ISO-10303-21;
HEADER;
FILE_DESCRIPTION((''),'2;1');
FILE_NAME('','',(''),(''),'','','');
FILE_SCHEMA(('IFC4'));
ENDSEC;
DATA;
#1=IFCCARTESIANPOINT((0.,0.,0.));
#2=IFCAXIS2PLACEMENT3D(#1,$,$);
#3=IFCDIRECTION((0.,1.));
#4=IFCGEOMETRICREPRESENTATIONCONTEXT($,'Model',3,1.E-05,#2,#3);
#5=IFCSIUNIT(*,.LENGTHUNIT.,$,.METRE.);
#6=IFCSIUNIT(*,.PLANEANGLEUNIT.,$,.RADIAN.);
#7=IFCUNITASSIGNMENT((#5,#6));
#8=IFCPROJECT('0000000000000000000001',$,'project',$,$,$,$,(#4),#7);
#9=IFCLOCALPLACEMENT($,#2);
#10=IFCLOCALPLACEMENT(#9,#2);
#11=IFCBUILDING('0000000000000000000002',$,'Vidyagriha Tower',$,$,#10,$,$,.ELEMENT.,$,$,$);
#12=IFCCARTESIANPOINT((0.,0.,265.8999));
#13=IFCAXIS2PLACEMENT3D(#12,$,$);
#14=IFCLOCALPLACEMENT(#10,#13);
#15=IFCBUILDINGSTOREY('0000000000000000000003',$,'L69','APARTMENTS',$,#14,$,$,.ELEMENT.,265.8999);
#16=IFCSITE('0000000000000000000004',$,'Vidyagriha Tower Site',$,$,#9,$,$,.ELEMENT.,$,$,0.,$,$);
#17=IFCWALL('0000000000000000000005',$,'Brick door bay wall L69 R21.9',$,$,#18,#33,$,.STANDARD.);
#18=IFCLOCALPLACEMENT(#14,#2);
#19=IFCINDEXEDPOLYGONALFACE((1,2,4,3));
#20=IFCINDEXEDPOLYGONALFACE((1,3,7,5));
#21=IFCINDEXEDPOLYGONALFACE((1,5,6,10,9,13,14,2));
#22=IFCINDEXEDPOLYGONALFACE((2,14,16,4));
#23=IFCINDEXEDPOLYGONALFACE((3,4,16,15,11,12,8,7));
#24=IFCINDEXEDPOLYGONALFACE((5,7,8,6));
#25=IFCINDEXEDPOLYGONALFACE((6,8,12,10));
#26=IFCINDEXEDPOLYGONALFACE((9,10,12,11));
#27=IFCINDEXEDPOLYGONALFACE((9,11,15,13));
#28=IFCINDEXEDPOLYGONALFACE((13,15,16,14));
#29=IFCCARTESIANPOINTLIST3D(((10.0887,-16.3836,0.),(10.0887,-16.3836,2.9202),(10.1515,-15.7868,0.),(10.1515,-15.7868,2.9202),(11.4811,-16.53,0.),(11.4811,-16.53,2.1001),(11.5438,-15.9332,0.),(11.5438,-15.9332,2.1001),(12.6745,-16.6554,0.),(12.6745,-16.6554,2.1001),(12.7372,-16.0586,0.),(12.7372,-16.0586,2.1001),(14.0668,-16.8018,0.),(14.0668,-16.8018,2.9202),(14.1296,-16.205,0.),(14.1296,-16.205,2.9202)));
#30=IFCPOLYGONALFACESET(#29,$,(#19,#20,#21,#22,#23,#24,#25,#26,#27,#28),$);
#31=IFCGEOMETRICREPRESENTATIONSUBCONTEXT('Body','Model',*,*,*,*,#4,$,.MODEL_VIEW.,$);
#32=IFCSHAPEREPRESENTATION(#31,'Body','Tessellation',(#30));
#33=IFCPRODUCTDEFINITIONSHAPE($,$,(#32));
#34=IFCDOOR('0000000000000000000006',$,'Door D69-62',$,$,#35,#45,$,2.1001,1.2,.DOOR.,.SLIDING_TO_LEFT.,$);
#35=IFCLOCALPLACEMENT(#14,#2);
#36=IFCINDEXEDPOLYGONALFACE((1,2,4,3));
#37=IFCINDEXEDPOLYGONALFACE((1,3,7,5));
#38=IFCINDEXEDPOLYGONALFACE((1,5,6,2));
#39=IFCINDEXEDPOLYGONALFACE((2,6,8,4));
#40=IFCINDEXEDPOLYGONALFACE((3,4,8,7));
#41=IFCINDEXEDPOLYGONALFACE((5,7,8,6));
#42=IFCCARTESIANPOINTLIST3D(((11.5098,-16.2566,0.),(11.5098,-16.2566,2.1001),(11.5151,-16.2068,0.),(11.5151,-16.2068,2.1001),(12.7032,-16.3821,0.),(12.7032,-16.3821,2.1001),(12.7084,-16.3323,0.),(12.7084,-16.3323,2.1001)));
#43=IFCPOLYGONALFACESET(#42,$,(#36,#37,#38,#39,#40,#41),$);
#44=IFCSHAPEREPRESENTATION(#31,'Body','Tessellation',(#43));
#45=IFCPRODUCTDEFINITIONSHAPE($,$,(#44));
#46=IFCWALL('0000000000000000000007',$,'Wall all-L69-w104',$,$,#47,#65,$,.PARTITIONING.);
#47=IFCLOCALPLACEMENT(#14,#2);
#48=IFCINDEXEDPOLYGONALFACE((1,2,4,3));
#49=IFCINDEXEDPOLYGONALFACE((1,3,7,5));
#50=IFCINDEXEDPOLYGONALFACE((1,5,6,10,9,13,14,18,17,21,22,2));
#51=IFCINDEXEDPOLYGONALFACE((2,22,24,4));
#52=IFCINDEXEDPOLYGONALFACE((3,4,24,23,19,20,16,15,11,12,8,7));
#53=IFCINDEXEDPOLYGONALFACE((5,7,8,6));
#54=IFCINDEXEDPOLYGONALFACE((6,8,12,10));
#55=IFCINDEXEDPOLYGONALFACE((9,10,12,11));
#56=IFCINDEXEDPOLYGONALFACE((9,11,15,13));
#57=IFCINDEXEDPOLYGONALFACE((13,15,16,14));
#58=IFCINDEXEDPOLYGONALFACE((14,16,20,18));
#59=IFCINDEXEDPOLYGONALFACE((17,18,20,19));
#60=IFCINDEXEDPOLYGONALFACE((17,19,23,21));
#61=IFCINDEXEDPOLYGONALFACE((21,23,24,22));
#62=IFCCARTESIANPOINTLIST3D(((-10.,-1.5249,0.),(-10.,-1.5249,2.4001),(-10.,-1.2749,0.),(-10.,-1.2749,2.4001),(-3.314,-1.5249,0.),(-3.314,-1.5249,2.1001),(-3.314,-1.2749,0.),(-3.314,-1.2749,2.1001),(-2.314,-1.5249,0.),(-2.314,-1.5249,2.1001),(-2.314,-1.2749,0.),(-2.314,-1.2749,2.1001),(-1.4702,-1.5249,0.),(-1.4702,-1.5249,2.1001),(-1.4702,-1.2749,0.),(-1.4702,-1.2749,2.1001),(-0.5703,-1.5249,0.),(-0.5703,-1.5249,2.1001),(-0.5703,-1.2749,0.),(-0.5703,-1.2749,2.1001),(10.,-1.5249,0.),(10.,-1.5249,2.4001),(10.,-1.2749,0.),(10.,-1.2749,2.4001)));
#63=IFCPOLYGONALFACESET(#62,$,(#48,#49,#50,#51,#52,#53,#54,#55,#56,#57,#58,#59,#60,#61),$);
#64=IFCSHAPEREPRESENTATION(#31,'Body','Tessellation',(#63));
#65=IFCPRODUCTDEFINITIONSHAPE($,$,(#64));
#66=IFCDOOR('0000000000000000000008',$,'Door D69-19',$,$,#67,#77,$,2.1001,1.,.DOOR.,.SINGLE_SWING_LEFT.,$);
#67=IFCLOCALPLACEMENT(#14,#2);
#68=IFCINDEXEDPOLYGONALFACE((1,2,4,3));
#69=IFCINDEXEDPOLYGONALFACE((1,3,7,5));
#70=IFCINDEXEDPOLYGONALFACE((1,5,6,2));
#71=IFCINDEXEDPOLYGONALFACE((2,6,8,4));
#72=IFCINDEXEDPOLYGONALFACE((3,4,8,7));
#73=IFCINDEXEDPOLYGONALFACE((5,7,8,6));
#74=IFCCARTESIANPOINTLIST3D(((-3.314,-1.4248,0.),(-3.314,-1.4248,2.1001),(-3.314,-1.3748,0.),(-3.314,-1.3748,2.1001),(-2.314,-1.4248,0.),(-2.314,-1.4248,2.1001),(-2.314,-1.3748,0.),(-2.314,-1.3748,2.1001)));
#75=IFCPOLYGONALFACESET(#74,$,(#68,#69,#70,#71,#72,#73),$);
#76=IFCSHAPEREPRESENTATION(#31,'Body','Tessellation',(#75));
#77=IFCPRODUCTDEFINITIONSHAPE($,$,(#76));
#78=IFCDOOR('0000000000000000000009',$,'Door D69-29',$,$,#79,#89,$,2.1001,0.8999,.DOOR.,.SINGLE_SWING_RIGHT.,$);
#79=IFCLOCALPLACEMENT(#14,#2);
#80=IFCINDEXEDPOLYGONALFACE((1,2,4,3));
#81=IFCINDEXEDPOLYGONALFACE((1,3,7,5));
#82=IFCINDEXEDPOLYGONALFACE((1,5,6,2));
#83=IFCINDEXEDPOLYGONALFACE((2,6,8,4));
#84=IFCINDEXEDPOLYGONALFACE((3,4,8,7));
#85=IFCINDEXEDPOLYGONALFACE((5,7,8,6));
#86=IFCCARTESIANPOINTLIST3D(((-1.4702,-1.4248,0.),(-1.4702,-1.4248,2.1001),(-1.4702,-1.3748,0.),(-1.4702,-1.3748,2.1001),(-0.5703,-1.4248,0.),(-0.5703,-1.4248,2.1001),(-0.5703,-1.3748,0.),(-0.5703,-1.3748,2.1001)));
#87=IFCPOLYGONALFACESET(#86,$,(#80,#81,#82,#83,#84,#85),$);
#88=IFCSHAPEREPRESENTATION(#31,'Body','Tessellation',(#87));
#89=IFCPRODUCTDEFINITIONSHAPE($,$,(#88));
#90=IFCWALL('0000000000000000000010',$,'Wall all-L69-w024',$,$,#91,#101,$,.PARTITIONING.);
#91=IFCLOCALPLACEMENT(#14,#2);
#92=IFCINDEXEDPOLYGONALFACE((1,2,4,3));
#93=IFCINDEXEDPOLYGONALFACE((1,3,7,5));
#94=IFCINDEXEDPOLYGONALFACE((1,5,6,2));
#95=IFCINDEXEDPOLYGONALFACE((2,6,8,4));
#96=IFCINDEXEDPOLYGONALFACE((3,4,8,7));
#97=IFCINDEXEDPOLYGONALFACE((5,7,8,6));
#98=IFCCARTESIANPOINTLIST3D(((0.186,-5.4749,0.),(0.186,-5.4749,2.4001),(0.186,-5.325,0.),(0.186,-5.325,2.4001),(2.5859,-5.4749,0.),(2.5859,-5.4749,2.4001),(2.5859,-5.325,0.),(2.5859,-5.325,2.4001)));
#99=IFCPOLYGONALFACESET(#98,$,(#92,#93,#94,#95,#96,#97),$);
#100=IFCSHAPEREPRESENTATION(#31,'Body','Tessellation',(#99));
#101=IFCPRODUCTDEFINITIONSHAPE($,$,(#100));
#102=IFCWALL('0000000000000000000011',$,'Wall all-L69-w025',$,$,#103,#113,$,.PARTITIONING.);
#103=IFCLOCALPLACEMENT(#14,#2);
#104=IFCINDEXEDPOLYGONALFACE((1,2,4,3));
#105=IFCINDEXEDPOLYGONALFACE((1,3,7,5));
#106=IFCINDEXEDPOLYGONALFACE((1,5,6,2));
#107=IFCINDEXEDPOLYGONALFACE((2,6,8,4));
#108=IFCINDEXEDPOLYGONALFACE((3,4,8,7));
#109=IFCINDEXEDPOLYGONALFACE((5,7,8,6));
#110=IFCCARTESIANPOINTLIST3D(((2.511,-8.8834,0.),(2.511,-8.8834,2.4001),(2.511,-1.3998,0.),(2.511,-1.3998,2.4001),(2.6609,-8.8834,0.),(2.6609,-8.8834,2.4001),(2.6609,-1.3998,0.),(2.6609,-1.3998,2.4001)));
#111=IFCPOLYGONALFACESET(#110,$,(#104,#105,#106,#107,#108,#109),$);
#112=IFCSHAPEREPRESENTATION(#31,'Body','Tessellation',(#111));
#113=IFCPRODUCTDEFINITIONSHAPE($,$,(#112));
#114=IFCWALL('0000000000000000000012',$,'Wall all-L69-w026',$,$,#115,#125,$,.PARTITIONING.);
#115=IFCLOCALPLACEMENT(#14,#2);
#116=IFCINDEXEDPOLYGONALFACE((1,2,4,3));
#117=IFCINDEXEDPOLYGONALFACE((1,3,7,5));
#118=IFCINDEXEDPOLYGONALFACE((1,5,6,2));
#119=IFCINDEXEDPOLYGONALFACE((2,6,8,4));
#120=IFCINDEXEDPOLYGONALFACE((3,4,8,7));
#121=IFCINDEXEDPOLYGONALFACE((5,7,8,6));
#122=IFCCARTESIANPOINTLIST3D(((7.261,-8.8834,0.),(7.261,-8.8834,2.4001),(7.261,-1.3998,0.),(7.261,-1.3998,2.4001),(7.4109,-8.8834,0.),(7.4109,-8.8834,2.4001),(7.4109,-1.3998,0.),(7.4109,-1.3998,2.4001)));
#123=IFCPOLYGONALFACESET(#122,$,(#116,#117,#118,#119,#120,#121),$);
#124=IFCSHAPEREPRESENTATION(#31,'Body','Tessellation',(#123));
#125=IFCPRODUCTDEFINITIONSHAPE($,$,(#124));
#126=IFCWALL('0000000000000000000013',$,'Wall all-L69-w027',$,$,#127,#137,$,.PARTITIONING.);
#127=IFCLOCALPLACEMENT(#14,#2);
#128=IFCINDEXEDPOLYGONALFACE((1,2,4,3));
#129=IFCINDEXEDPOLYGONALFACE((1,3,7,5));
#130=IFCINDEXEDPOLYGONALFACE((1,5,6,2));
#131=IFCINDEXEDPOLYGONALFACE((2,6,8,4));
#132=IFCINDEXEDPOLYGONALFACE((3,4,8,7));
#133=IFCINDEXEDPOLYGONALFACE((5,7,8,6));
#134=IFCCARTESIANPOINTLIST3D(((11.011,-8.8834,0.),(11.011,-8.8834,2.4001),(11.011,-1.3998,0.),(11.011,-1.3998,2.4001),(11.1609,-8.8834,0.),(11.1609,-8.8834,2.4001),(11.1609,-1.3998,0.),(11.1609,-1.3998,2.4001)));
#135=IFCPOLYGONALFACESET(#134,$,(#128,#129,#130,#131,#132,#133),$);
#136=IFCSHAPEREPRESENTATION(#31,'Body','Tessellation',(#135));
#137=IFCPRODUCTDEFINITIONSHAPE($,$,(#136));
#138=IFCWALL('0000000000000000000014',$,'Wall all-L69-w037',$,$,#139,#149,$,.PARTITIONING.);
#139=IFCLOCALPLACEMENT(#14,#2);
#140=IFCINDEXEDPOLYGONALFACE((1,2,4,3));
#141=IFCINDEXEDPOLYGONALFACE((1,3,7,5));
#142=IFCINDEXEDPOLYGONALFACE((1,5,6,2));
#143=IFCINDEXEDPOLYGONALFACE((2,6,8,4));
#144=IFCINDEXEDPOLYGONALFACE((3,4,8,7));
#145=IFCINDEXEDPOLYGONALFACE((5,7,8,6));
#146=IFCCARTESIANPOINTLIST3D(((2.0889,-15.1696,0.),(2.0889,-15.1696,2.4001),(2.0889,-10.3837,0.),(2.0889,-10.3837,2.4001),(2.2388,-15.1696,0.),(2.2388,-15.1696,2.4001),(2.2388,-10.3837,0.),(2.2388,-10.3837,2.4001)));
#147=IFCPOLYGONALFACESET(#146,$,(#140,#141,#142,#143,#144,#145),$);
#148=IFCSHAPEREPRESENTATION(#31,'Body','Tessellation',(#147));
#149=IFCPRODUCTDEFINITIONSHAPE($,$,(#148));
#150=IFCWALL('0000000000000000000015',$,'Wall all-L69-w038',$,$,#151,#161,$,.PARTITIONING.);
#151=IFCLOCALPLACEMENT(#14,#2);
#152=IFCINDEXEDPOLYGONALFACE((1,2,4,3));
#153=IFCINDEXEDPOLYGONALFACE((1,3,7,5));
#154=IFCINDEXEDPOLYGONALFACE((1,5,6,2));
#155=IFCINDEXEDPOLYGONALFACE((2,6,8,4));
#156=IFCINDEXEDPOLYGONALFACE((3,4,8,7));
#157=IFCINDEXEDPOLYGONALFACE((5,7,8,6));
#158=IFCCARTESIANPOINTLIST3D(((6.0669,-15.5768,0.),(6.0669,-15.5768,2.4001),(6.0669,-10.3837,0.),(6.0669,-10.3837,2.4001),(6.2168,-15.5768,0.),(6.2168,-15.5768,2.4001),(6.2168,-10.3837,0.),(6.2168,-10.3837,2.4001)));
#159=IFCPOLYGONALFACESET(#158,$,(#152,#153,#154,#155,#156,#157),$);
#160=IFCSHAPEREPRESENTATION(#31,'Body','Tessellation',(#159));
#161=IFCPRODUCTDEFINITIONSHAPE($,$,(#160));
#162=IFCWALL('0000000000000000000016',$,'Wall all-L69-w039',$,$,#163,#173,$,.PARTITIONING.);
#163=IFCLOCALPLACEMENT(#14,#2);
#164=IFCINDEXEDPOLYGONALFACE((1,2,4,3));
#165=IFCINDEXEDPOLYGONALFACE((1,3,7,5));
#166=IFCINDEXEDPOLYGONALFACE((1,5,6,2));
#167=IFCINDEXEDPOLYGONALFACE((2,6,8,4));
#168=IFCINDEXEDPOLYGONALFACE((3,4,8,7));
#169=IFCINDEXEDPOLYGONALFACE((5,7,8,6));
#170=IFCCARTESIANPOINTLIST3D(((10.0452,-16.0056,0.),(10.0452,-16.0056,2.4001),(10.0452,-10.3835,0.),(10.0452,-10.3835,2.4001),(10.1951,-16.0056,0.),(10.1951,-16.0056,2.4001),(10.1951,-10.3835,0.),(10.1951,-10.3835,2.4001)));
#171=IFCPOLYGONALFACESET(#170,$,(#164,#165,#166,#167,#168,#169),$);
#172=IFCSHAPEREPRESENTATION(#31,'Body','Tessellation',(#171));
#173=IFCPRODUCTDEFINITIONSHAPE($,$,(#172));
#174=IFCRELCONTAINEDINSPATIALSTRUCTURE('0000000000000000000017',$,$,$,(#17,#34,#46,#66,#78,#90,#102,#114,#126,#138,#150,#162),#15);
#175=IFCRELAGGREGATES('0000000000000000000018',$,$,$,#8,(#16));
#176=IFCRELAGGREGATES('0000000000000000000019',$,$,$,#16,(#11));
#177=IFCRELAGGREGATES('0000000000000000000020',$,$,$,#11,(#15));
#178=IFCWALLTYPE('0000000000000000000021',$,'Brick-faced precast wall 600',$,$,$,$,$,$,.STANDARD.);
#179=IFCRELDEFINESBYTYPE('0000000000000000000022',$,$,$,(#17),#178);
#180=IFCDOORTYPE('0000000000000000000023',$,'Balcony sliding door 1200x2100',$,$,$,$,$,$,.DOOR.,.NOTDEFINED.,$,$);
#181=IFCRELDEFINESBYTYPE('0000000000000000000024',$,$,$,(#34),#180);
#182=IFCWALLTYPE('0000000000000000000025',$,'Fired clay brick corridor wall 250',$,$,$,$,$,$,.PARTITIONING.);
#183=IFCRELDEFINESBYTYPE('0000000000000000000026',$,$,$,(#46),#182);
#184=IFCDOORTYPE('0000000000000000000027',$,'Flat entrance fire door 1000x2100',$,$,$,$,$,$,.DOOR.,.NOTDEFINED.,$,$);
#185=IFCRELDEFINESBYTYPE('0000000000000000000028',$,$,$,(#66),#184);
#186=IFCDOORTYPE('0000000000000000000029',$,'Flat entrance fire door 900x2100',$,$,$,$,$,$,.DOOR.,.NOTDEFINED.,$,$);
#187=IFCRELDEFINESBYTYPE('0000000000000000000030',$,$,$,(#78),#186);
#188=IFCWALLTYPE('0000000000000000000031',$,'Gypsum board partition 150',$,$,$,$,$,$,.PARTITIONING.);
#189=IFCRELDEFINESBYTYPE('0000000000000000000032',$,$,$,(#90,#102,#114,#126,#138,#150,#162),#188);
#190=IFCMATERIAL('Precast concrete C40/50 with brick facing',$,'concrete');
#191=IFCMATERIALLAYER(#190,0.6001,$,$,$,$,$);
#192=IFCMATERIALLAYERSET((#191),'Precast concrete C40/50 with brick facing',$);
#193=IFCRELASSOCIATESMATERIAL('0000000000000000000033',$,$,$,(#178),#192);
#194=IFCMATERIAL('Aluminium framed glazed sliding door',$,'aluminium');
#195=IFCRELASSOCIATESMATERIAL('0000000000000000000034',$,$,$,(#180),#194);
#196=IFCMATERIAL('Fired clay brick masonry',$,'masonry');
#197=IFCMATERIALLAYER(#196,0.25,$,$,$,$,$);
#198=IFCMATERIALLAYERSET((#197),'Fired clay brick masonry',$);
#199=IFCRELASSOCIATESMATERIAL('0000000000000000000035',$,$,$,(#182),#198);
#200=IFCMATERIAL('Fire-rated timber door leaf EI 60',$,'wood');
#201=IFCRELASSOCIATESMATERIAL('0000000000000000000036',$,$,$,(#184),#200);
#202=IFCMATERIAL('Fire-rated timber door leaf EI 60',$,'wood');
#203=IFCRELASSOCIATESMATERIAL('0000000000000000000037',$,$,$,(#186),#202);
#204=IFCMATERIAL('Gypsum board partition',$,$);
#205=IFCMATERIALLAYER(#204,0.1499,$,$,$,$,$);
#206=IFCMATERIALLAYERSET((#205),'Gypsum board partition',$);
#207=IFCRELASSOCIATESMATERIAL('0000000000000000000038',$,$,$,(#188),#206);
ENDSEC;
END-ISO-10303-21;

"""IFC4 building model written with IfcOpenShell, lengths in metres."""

from ifc_helpers import new_model, si_unit, direction, frame, frame_2d, origin, place, context, subcontext, project, spatial, rectangle, extrude, material, layer, layer_set, type_object, element, fill, save


model = new_model("IFC4")

# Units and contexts
model_context = context("Model", 3, precision=1e-05, world=origin(), true_north=direction((0.0, 1.0)))
body_context = subcontext(model_context, "Body", "Model", "MODEL_VIEW")
ifc_project = project(units=[si_unit("LENGTHUNIT", "METRE"), si_unit("PLANEANGLEUNIT", "RADIAN")], contexts=[model_context])

# Site, building, storey
site_placement = place(None, origin())
site = spatial("IfcSite", under=ifc_project, at=site_placement, Name="Vidyagriha Tower Site", CompositionType="ELEMENT", RefElevation=0.0)
building_placement = place(site_placement, origin())
building = spatial("IfcBuilding", under=site, at=building_placement, Name="Vidyagriha Tower", CompositionType="ELEMENT")
storey_placement = place(building_placement, frame((0.0, 0.0, 265.8999)))
storey = spatial("IfcBuildingStorey", under=building, at=storey_placement, Name="L69", Description="APARTMENTS", CompositionType="ELEMENT", Elevation=265.8999)

# Wall, opening, door
ifc_material_1 = material(Name="Precast concrete C40/50 with brick facing", Category="concrete")
ifc_layer_1 = layer(ifc_material_1, 0.6001)
ifc_layer_set_1 = layer_set([ifc_layer_1], Name="Precast concrete C40/50 with brick facing")
wall_type_1 = type_object("IfcWallType", Name="Brick-faced precast wall 600", PredefinedType="STANDARD", material=ifc_layer_set_1)
ifc_material_2 = material(Name="Aluminium framed glazed sliding door", Category="aluminium")
door_type_1 = type_object("IfcDoorType", Name="Balcony sliding door 1200x2100", OperationType="NOTDEFINED", PredefinedType="DOOR", material=ifc_material_2)
wall_1_placement = place(storey_placement, frame((10.1201, -16.0852, 0.0), z_axis=(0.0, 0.0, 1.0), x_axis=(0.994519, -0.104555, 0.0)))
wall_1 = element("IfcWall", 1, at=wall_1_placement, inside=storey, type_object=wall_type_1, Name="Brick door bay wall L69 R21.9", PredefinedType="STANDARD", context=body_context, shape_type="SweptSolid", body=[
    extrude(rectangle(XDim=4.0, YDim=0.6001, at=frame_2d((2.0, 0.0))), origin(), (0.0, 0.0, 1.0), 2.9202),
])
opening_1_placement = place(wall_1_placement, frame((1.3999, 0.0, 0.0)))
opening_1 = element("IfcOpeningElement", 2, at=opening_1_placement, cuts=wall_1, PredefinedType="OPENING", context=body_context, shape_type="SweptSolid", body=[
    extrude(rectangle(XDim=1.2, YDim=2.1001, at=frame_2d((0.6001, 1.05))), frame((0.0, 0.3101, 0.0), z_axis=(0.0, -1.0, 0.0), x_axis=(1.0, 0.0, 0.0)), (0.0, 0.0, 1.0), 0.6201),
])
door_1_placement = place(opening_1_placement, origin())
door_1 = element("IfcDoor", 3, at=door_1_placement, inside=storey, type_object=door_type_1, Name="Door D69-62", OperationType="SLIDING_TO_LEFT", OverallHeight=2.1001, OverallWidth=1.2, PredefinedType="DOOR", context=body_context, shape_type="SweptSolid", body=[
    extrude(rectangle(XDim=1.2, YDim=2.1001, at=frame_2d((0.6001, 1.05))), frame((0.0, 0.0249, 0.0), z_axis=(0.0, -1.0, 0.0), x_axis=(1.0, 0.0, 0.0)), (0.0, 0.0, 1.0), 0.05),
])
fill(opening_1, door_1)

# Wall, openings, doors
ifc_material_3 = material(Name="Fired clay brick masonry", Category="masonry")
ifc_layer_2 = layer(ifc_material_3, 0.25)
ifc_layer_set_2 = layer_set([ifc_layer_2], Name="Fired clay brick masonry")
wall_type_2 = type_object("IfcWallType", Name="Fired clay brick corridor wall 250", PredefinedType="PARTITIONING", material=ifc_layer_set_2)
wall_2_placement = place(storey_placement, frame((10.0, -1.3999, 0.0), z_axis=(0.0, 0.0, 1.0), x_axis=(-1.0, 0.0, 0.0)))
wall_2 = element("IfcWall", 4, at=wall_2_placement, inside=storey, type_object=wall_type_2, Name="Wall all-L69-w104", PredefinedType="PARTITIONING", context=body_context, shape_type="SweptSolid", body=[
    extrude(rectangle(XDim=20.0, YDim=0.25, at=frame_2d((10.0, 0.0))), origin(), (0.0, 0.0, 1.0), 2.4001),
])
opening_2_placement = place(wall_2_placement, frame((12.314, 0.0, 0.0)))
opening_2 = element("IfcOpeningElement", 5, at=opening_2_placement, cuts=wall_2, PredefinedType="OPENING", context=body_context, shape_type="SweptSolid", body=[
    extrude(rectangle(XDim=1.0, YDim=2.1001, at=frame_2d((0.5, 1.05))), frame((0.0, 0.135, 0.0), z_axis=(0.0, -1.0, 0.0), x_axis=(1.0, 0.0, 0.0)), (0.0, 0.0, 1.0), 0.27),
])
opening_3_placement = place(wall_2_placement, frame((10.5703, 0.0, 0.0)))
opening_3 = element("IfcOpeningElement", 6, at=opening_3_placement, cuts=wall_2, PredefinedType="OPENING", context=body_context, shape_type="SweptSolid", body=[
    extrude(rectangle(XDim=0.8999, YDim=2.1001, at=frame_2d((0.45, 1.05))), frame((0.0, 0.135, 0.0), z_axis=(0.0, -1.0, 0.0), x_axis=(1.0, 0.0, 0.0)), (0.0, 0.0, 1.0), 0.27),
])
ifc_material_4 = material(Name="Fire-rated timber door leaf EI 60", Category="wood")
door_type_2 = type_object("IfcDoorType", Name="Flat entrance fire door 1000x2100", OperationType="NOTDEFINED", PredefinedType="DOOR", material=ifc_material_4)
door_2_placement = place(opening_2_placement, origin())
door_2 = element("IfcDoor", 7, at=door_2_placement, inside=storey, type_object=door_type_2, Name="Door D69-19", OperationType="SINGLE_SWING_LEFT", OverallHeight=2.1001, OverallWidth=1.0, PredefinedType="DOOR", context=body_context, shape_type="SweptSolid", body=[
    extrude(rectangle(XDim=1.0, YDim=2.1001, at=frame_2d((0.5, 1.05))), frame((0.0, 0.0249, 0.0), z_axis=(0.0, -1.0, 0.0), x_axis=(1.0, 0.0, 0.0)), (0.0, 0.0, 1.0), 0.05),
])
fill(opening_2, door_2)
ifc_material_5 = material(Name="Fire-rated timber door leaf EI 60", Category="wood")
door_type_3 = type_object("IfcDoorType", Name="Flat entrance fire door 900x2100", OperationType="NOTDEFINED", PredefinedType="DOOR", material=ifc_material_5)
door_3_placement = place(opening_3_placement, origin())
door_3 = element("IfcDoor", 8, at=door_3_placement, inside=storey, type_object=door_type_3, Name="Door D69-29", OperationType="SINGLE_SWING_RIGHT", OverallHeight=2.1001, OverallWidth=0.8999, PredefinedType="DOOR", context=body_context, shape_type="SweptSolid", body=[
    extrude(rectangle(XDim=0.8999, YDim=2.1001, at=frame_2d((0.45, 1.05))), frame((0.0, 0.0249, 0.0), z_axis=(0.0, -1.0, 0.0), x_axis=(1.0, 0.0, 0.0)), (0.0, 0.0, 1.0), 0.05),
])
fill(opening_3, door_3)

# Walls
ifc_material_6 = material(Name="Gypsum board partition")
ifc_layer_3 = layer(ifc_material_6, 0.1499)
ifc_layer_set_3 = layer_set([ifc_layer_3], Name="Gypsum board partition")
wall_type_3 = type_object("IfcWallType", Name="Gypsum board partition 150", PredefinedType="PARTITIONING", material=ifc_layer_set_3)
wall_3_placement = place(storey_placement, frame((2.5859, -5.3999, 0.0), z_axis=(0.0, 0.0, 1.0), x_axis=(-1.0, 0.0, 0.0)))
element("IfcWall", 9, at=wall_3_placement, inside=storey, type_object=wall_type_3, Name="Wall all-L69-w024", PredefinedType="PARTITIONING", context=body_context, shape_type="SweptSolid", body=[
    extrude(rectangle(XDim=2.3999, YDim=0.1499, at=frame_2d((1.2, 0.0))), origin(), (0.0, 0.0, 1.0), 2.4001),
])
for number, where, z_axis, x_axis, name in (
    (10, (2.5859, -1.3999, 0.0), (0.0, 0.0, 1.0), (0.0, -1.0, 0.0), "Wall all-L69-w025"),
    (11, (7.3359, -1.3999, 0.0), (0.0, 0.0, 1.0), (0.0, -1.0, 0.0), "Wall all-L69-w026"),
    (12, (11.0859, -1.3999, 0.0), (0.0, 0.0, 1.0), (0.0, -1.0, 0.0), "Wall all-L69-w027"),
):
    element("IfcWall", number, at=place(storey_placement, frame(where, z_axis=z_axis, x_axis=x_axis)), inside=storey, type_object=wall_type_3, Name=name, PredefinedType="PARTITIONING", context=body_context, shape_type="SweptSolid", body=[
        extrude(rectangle(XDim=7.4836, YDim=0.1499, at=frame_2d((3.7417, 0.0))), origin(), (0.0, 0.0, 1.0), 2.4001),
    ])
wall_4_placement = place(storey_placement, frame((2.1638, -10.3835, 0.0), z_axis=(0.0, 0.0, 1.0), x_axis=(0.0, -1.0, 0.0)))
element("IfcWall", 13, at=wall_4_placement, inside=storey, type_object=wall_type_3, Name="Wall all-L69-w037", PredefinedType="PARTITIONING", context=body_context, shape_type="SweptSolid", body=[
    extrude(rectangle(XDim=4.7859, YDim=0.1499, at=frame_2d((2.3931, 0.0))), origin(), (0.0, 0.0, 1.0), 2.4001),
])
wall_5_placement = place(storey_placement, frame((6.1418, -10.3835, 0.0), z_axis=(0.0, 0.0, 1.0), x_axis=(0.0, -1.0, 0.0)))
element("IfcWall", 14, at=wall_5_placement, inside=storey, type_object=wall_type_3, Name="Wall all-L69-w038", PredefinedType="PARTITIONING", context=body_context, shape_type="SweptSolid", body=[
    extrude(rectangle(XDim=5.1931, YDim=0.1499, at=frame_2d((2.5967, 0.0))), origin(), (0.0, 0.0, 1.0), 2.4001),
])
wall_6_placement = place(storey_placement, frame((10.1201, -10.3835, 0.0), z_axis=(0.0, 0.0, 1.0), x_axis=(0.0, -1.0, 0.0)))
element("IfcWall", 15, at=wall_6_placement, inside=storey, type_object=wall_type_3, Name="Wall all-L69-w039", PredefinedType="PARTITIONING", context=body_context, shape_type="SweptSolid", body=[
    extrude(rectangle(XDim=5.6221, YDim=0.1499, at=frame_2d((2.811, 0.0))), origin(), (0.0, 0.0, 1.0), 2.4001),
])

save(model, "model.ifc")
